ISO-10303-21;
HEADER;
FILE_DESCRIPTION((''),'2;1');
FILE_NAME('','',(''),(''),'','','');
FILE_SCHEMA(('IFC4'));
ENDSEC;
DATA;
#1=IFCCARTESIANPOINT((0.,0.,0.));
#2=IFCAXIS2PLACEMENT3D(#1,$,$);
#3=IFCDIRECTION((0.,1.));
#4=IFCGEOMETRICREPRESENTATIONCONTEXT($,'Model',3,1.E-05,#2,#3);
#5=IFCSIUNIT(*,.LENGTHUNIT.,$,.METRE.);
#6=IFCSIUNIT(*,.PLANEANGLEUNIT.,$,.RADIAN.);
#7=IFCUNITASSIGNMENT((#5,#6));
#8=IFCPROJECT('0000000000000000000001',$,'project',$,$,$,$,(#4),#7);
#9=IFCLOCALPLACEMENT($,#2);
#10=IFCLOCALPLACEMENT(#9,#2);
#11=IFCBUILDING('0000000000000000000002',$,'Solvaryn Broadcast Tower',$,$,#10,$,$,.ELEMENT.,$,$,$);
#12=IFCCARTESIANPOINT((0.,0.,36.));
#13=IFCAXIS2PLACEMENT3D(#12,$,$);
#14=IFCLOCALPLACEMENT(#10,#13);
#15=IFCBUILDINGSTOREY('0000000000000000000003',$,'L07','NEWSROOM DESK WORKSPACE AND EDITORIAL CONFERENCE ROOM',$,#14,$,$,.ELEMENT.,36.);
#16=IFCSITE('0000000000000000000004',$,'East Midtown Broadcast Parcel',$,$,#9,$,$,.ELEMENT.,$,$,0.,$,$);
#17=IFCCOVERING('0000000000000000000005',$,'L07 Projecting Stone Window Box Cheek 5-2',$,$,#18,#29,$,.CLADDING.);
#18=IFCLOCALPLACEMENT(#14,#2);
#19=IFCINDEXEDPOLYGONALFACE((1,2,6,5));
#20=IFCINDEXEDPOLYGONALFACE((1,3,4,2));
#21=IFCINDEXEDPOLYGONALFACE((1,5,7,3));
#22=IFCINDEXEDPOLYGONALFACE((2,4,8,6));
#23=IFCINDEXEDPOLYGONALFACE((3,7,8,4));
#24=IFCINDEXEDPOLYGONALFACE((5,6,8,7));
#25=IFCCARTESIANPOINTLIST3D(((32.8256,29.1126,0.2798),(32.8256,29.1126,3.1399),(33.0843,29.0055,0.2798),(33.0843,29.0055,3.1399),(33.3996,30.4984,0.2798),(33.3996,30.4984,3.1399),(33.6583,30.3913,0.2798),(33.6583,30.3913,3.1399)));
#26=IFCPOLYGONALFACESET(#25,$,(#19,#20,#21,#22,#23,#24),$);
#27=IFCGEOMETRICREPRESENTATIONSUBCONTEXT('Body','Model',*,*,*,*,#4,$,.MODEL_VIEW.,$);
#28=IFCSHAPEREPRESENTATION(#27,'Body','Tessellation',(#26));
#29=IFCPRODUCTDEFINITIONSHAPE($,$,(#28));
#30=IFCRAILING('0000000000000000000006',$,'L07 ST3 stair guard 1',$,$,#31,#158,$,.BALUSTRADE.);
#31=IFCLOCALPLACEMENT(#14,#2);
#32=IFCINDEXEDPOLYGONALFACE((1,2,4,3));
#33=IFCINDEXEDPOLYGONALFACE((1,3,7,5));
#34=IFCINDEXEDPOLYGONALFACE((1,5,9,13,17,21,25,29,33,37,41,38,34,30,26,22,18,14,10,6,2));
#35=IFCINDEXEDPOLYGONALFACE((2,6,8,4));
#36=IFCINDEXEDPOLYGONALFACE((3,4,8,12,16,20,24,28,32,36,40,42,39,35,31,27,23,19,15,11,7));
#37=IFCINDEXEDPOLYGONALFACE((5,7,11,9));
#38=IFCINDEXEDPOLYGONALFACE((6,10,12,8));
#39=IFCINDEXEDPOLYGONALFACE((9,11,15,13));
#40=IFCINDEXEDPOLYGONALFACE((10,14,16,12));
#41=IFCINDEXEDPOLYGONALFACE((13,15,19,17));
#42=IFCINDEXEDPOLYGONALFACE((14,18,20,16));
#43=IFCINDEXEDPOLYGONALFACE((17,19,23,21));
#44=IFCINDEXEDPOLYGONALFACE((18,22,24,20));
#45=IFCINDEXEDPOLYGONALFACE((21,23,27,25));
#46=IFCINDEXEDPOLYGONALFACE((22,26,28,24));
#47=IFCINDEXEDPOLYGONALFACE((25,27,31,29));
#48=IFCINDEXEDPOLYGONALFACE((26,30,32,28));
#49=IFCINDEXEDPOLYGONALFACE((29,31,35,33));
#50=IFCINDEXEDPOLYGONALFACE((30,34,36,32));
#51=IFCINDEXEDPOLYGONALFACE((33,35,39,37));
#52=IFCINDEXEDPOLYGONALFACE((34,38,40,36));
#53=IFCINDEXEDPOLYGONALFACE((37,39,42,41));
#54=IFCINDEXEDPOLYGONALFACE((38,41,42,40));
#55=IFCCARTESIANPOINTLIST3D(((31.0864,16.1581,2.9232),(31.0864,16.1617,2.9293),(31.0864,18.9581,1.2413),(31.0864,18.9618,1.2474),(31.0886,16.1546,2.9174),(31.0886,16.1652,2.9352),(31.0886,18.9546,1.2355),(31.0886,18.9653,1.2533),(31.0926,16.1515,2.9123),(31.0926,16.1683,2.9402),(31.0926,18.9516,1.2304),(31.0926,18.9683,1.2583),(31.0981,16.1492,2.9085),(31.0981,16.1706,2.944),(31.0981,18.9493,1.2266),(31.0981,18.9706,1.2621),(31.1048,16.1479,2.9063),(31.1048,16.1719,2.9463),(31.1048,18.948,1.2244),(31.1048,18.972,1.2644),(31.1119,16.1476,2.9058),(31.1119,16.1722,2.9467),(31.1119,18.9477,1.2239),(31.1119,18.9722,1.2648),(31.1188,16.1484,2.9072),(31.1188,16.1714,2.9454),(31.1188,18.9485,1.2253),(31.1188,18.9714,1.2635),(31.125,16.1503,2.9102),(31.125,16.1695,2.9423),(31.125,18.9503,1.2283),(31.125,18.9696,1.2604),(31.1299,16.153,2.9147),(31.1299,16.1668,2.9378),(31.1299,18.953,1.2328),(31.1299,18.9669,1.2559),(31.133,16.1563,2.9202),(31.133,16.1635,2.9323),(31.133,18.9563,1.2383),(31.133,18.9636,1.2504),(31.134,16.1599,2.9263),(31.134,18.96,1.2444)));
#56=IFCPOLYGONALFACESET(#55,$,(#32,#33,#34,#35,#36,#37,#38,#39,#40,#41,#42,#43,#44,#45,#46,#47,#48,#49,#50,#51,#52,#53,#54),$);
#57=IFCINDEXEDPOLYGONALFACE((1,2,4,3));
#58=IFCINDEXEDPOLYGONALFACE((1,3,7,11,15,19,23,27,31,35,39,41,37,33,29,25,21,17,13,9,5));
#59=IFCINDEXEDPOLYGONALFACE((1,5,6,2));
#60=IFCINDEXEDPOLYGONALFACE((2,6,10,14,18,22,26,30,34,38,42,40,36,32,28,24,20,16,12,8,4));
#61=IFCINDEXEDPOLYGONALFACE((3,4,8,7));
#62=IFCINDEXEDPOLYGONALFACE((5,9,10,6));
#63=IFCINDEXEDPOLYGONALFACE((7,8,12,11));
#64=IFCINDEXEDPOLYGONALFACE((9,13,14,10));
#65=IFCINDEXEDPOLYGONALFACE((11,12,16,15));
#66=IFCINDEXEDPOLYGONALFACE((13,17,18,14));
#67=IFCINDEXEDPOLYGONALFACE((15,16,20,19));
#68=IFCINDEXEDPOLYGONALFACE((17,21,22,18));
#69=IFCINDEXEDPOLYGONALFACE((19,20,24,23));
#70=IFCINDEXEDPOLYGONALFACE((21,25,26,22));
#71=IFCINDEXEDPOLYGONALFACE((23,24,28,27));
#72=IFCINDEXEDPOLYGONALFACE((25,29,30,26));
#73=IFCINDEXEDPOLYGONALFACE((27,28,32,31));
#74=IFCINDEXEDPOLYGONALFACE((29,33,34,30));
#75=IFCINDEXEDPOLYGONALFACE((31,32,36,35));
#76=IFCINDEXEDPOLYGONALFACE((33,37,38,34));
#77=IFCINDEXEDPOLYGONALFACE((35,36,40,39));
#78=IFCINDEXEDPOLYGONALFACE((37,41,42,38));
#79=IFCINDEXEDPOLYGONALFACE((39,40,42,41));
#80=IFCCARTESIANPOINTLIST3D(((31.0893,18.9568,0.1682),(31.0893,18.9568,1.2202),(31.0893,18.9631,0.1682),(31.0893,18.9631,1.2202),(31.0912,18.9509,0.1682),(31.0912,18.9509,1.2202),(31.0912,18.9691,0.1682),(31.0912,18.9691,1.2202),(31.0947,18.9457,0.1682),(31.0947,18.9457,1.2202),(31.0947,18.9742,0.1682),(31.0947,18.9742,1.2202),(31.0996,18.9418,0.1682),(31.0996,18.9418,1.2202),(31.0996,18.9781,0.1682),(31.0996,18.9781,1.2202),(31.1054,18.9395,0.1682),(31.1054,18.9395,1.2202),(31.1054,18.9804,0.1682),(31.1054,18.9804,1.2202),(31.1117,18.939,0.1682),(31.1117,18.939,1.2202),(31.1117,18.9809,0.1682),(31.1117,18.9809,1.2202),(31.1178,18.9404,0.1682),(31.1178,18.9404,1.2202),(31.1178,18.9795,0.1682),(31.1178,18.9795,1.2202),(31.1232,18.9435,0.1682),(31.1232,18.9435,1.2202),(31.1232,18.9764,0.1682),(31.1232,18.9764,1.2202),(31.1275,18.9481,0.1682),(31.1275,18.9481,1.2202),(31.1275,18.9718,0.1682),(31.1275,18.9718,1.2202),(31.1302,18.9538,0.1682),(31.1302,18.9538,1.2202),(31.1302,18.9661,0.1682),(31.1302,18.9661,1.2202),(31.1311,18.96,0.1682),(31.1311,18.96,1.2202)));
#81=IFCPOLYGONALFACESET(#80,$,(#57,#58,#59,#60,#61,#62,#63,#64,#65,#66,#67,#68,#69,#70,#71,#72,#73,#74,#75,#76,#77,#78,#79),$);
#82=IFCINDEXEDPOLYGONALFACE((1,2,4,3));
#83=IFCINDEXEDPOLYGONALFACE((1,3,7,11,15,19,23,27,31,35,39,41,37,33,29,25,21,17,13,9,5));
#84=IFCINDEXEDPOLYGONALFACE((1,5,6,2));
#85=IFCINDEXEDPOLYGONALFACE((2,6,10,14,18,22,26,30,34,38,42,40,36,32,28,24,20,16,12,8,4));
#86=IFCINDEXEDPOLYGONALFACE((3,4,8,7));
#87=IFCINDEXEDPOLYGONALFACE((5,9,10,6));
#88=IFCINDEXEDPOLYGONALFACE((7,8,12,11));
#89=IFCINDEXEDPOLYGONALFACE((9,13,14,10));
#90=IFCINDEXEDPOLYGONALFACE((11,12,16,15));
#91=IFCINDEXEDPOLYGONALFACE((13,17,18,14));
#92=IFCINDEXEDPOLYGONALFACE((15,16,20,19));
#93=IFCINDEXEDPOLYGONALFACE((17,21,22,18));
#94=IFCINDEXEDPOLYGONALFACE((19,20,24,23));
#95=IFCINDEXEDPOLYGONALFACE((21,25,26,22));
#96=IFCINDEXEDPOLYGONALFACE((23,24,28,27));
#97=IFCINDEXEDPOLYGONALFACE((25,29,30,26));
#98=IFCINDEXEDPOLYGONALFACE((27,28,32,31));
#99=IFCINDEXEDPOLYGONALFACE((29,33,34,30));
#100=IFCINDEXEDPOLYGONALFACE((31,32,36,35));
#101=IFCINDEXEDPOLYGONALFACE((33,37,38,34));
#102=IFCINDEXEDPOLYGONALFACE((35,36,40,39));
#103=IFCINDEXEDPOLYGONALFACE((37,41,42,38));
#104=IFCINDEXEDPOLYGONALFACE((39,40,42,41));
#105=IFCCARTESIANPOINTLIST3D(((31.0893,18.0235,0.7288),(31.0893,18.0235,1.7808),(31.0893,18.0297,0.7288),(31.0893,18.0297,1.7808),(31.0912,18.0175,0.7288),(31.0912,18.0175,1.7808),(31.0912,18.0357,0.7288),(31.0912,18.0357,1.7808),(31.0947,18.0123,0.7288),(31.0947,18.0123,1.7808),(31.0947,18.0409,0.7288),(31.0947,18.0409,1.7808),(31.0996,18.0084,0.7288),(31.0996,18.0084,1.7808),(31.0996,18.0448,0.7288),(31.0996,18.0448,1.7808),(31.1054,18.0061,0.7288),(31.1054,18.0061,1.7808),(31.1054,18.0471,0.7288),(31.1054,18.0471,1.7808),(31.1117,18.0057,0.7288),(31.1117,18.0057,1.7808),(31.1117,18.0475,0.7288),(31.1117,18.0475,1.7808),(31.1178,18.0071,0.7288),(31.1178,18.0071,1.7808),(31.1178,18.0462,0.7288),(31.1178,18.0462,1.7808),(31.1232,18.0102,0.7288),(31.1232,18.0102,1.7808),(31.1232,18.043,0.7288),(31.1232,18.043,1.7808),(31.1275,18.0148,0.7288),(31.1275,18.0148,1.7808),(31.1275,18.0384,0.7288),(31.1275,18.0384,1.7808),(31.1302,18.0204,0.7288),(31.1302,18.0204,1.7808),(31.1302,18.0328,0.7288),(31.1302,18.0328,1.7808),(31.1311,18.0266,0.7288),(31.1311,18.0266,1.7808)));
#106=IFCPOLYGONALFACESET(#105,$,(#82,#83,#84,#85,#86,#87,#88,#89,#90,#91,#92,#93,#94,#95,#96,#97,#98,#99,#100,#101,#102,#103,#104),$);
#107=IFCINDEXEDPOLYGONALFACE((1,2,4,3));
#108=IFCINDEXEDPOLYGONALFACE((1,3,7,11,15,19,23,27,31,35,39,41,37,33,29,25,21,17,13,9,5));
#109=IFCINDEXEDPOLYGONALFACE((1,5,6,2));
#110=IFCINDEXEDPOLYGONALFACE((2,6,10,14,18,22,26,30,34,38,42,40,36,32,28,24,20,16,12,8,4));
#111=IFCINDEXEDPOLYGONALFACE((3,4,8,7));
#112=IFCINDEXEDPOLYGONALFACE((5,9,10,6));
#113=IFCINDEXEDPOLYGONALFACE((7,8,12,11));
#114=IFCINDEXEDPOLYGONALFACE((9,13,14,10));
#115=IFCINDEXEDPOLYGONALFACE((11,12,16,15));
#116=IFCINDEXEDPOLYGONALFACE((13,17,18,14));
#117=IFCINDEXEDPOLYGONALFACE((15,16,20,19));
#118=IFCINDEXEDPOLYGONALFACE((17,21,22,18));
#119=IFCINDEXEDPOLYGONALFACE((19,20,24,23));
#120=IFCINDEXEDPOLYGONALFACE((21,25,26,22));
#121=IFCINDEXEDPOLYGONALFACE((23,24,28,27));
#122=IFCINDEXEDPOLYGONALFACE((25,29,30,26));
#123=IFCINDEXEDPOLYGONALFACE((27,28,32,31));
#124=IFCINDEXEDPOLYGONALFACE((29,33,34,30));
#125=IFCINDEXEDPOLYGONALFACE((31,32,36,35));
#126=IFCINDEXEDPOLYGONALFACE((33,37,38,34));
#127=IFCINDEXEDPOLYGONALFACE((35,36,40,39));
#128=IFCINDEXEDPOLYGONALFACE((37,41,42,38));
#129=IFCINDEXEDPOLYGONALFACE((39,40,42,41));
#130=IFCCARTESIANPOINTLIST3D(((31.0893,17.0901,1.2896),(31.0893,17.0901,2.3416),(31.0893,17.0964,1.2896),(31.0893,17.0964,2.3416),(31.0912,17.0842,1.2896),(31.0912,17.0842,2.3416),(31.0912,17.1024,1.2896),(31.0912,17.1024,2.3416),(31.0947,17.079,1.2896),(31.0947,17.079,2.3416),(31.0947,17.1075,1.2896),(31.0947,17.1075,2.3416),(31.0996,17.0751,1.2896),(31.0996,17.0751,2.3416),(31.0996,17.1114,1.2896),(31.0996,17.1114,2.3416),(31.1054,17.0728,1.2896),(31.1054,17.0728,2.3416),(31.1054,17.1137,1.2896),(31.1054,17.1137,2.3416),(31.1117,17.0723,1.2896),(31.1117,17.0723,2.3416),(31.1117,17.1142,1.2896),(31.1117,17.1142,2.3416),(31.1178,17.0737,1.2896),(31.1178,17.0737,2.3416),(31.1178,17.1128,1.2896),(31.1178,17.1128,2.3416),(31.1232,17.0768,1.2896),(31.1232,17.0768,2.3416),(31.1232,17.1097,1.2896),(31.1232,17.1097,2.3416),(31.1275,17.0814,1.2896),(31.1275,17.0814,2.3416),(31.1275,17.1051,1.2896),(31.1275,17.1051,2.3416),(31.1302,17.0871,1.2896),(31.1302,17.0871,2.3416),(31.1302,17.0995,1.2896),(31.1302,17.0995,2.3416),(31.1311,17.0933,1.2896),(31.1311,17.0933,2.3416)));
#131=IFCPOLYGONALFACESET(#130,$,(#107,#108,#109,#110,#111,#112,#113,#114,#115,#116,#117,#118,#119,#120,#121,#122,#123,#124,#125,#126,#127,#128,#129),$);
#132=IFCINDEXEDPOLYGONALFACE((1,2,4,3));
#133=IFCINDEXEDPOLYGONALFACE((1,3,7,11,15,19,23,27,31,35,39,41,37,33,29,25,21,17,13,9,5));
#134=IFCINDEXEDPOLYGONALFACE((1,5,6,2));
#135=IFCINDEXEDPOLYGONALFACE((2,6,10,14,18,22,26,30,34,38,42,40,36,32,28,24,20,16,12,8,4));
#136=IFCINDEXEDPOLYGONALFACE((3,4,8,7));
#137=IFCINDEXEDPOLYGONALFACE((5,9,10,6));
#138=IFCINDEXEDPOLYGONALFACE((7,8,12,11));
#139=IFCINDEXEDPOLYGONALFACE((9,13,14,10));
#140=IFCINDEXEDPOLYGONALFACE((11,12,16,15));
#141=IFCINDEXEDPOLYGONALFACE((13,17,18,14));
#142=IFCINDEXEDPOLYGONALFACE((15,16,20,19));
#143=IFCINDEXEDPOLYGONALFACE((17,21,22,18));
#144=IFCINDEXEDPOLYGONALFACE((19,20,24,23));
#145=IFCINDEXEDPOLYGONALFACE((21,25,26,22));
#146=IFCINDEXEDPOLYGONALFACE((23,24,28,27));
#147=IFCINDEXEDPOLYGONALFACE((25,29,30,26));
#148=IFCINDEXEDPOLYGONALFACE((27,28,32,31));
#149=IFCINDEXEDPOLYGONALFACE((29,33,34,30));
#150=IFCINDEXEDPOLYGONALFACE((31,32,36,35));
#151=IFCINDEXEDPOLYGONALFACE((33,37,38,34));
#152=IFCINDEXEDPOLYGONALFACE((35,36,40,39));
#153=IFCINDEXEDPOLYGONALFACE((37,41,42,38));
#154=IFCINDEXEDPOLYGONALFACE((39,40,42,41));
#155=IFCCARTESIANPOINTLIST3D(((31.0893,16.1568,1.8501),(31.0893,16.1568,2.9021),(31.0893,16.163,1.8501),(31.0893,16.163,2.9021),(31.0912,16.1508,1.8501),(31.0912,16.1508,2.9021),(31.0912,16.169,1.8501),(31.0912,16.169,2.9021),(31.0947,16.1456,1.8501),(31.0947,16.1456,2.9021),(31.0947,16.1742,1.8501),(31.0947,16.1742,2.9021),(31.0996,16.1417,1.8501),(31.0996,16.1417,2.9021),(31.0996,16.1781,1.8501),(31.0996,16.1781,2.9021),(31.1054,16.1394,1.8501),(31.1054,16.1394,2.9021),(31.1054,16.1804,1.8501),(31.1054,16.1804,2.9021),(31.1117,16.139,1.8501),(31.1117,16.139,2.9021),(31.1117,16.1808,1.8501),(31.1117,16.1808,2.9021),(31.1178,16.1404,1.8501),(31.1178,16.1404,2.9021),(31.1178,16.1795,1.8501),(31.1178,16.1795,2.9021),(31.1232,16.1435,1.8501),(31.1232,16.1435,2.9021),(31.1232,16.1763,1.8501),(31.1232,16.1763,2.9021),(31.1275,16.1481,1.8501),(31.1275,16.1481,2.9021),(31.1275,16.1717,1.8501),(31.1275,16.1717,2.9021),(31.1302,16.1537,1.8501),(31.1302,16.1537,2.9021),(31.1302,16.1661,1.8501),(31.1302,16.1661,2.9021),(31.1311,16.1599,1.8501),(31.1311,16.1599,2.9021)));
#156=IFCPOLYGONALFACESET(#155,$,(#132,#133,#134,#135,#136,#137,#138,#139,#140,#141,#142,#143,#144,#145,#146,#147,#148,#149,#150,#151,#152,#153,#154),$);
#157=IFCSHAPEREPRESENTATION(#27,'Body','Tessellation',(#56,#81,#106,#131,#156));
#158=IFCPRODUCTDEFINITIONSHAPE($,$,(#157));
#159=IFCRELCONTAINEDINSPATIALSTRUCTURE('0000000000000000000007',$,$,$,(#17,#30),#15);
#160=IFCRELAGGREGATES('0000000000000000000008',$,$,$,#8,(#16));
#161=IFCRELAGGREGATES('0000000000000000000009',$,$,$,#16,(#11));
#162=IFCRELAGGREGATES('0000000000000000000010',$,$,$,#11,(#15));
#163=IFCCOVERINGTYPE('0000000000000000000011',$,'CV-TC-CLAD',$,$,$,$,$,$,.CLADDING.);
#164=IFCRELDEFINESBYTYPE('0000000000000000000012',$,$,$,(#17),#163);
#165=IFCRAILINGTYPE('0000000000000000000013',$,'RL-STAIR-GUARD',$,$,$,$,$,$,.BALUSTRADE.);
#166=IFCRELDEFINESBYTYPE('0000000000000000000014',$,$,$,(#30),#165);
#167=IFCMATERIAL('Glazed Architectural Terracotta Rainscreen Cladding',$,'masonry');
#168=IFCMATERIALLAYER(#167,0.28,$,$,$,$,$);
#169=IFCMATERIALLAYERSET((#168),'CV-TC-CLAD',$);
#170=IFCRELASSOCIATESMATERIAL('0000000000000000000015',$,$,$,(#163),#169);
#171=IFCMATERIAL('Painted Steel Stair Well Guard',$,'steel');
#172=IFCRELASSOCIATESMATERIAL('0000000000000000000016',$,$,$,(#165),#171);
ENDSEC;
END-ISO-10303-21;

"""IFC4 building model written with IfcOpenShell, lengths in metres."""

from ifc_helpers import new_model, si_unit, direction, frame, origin, origin_2d, place, context, subcontext, project, spatial, rectangle, circle, extrude, material, layer, layer_set, type_object, element, save


model = new_model("IFC4")

# Units and contexts
model_context = context("Model", 3, precision=1e-05, world=origin(), true_north=direction((0.0, 1.0)))
body_context = subcontext(model_context, "Body", "Model", "MODEL_VIEW")
ifc_project = project(units=[si_unit("LENGTHUNIT", "METRE"), si_unit("PLANEANGLEUNIT", "RADIAN")], contexts=[model_context])

# Site, building, storey
site_placement = place(None, origin())
site = spatial("IfcSite", under=ifc_project, at=site_placement, Name="East Midtown Broadcast Parcel", CompositionType="ELEMENT", RefElevation=0.0)
building_placement = place(site_placement, origin())
building = spatial("IfcBuilding", under=site, at=building_placement, Name="Solvaryn Broadcast Tower", CompositionType="ELEMENT")
storey_placement = place(building_placement, frame((0.0, 0.0, 36.0)))
storey = spatial("IfcBuildingStorey", under=building, at=storey_placement, Name="L07", Description="NEWSROOM DESK WORKSPACE AND EDITORIAL CONFERENCE ROOM", CompositionType="ELEMENT", Elevation=36.0)

# Covering
ifc_material_1 = material(Name="Glazed Architectural Terracotta Rainscreen Cladding", Category="masonry")
ifc_layer_1 = layer(ifc_material_1, 0.28)
ifc_layer_set_1 = layer_set([ifc_layer_1], Name="CV-TC-CLAD")
covering_type_1 = type_object("IfcCoveringType", Name="CV-TC-CLAD", PredefinedType="CLADDING", material=ifc_layer_set_1)
covering_1_placement = place(storey_placement, frame((33.2419, 29.752, 0.2798), z_axis=(0.0, 0.0, 1.0), x_axis=(-0.92388, 0.382683, 0.0)))
element("IfcCovering", 1, at=covering_1_placement, inside=storey, type_object=covering_type_1, Name="L07 Projecting Stone Window Box Cheek 5-2", PredefinedType="CLADDING", context=body_context, shape_type="SweptSolid", body=[
    extrude(rectangle(XDim=0.28, YDim=1.5, at=origin_2d()), origin(), (0.0, 0.0, 1.0), 2.8601),
])

# Railing
ifc_material_2 = material(Name="Painted Steel Stair Well Guard", Category="steel")
railing_type_1 = type_object("IfcRailingType", Name="RL-STAIR-GUARD", PredefinedType="BALUSTRADE", material=ifc_material_2)
railing_1_placement = place(storey_placement, frame((31.1101, 18.96, 0.1682)))
element("IfcRailing", 2, at=railing_1_placement, inside=storey, type_object=railing_type_1, Name="L07 ST3 stair guard 1", PredefinedType="BALUSTRADE", context=body_context, shape_type="SweptSolid", body=[
    extrude(circle(Radius=0.0239, at=origin_2d()), frame((0.0, 0.0, 1.0762), z_axis=(0.0, -0.857242, 0.514913), x_axis=(1.0, 0.0, 0.0)), (0.0, 0.0, 1.0), 3.2664),
    extrude(circle(Radius=0.021, at=origin_2d()), origin(), (0.0, 0.0, 1.0), 1.052),
    extrude(circle(Radius=0.021, at=origin_2d()), frame((0.0, -0.9333, 0.5605)), (0.0, 0.0, 1.0), 1.052),
    extrude(circle(Radius=0.021, at=origin_2d()), frame((0.0, -1.8667, 1.1213)), (0.0, 0.0, 1.0), 1.052),
    extrude(circle(Radius=0.021, at=origin_2d()), frame((0.0, -2.8, 1.6819)), (0.0, 0.0, 1.0), 1.052),
])

save(model, "model.ifc")
